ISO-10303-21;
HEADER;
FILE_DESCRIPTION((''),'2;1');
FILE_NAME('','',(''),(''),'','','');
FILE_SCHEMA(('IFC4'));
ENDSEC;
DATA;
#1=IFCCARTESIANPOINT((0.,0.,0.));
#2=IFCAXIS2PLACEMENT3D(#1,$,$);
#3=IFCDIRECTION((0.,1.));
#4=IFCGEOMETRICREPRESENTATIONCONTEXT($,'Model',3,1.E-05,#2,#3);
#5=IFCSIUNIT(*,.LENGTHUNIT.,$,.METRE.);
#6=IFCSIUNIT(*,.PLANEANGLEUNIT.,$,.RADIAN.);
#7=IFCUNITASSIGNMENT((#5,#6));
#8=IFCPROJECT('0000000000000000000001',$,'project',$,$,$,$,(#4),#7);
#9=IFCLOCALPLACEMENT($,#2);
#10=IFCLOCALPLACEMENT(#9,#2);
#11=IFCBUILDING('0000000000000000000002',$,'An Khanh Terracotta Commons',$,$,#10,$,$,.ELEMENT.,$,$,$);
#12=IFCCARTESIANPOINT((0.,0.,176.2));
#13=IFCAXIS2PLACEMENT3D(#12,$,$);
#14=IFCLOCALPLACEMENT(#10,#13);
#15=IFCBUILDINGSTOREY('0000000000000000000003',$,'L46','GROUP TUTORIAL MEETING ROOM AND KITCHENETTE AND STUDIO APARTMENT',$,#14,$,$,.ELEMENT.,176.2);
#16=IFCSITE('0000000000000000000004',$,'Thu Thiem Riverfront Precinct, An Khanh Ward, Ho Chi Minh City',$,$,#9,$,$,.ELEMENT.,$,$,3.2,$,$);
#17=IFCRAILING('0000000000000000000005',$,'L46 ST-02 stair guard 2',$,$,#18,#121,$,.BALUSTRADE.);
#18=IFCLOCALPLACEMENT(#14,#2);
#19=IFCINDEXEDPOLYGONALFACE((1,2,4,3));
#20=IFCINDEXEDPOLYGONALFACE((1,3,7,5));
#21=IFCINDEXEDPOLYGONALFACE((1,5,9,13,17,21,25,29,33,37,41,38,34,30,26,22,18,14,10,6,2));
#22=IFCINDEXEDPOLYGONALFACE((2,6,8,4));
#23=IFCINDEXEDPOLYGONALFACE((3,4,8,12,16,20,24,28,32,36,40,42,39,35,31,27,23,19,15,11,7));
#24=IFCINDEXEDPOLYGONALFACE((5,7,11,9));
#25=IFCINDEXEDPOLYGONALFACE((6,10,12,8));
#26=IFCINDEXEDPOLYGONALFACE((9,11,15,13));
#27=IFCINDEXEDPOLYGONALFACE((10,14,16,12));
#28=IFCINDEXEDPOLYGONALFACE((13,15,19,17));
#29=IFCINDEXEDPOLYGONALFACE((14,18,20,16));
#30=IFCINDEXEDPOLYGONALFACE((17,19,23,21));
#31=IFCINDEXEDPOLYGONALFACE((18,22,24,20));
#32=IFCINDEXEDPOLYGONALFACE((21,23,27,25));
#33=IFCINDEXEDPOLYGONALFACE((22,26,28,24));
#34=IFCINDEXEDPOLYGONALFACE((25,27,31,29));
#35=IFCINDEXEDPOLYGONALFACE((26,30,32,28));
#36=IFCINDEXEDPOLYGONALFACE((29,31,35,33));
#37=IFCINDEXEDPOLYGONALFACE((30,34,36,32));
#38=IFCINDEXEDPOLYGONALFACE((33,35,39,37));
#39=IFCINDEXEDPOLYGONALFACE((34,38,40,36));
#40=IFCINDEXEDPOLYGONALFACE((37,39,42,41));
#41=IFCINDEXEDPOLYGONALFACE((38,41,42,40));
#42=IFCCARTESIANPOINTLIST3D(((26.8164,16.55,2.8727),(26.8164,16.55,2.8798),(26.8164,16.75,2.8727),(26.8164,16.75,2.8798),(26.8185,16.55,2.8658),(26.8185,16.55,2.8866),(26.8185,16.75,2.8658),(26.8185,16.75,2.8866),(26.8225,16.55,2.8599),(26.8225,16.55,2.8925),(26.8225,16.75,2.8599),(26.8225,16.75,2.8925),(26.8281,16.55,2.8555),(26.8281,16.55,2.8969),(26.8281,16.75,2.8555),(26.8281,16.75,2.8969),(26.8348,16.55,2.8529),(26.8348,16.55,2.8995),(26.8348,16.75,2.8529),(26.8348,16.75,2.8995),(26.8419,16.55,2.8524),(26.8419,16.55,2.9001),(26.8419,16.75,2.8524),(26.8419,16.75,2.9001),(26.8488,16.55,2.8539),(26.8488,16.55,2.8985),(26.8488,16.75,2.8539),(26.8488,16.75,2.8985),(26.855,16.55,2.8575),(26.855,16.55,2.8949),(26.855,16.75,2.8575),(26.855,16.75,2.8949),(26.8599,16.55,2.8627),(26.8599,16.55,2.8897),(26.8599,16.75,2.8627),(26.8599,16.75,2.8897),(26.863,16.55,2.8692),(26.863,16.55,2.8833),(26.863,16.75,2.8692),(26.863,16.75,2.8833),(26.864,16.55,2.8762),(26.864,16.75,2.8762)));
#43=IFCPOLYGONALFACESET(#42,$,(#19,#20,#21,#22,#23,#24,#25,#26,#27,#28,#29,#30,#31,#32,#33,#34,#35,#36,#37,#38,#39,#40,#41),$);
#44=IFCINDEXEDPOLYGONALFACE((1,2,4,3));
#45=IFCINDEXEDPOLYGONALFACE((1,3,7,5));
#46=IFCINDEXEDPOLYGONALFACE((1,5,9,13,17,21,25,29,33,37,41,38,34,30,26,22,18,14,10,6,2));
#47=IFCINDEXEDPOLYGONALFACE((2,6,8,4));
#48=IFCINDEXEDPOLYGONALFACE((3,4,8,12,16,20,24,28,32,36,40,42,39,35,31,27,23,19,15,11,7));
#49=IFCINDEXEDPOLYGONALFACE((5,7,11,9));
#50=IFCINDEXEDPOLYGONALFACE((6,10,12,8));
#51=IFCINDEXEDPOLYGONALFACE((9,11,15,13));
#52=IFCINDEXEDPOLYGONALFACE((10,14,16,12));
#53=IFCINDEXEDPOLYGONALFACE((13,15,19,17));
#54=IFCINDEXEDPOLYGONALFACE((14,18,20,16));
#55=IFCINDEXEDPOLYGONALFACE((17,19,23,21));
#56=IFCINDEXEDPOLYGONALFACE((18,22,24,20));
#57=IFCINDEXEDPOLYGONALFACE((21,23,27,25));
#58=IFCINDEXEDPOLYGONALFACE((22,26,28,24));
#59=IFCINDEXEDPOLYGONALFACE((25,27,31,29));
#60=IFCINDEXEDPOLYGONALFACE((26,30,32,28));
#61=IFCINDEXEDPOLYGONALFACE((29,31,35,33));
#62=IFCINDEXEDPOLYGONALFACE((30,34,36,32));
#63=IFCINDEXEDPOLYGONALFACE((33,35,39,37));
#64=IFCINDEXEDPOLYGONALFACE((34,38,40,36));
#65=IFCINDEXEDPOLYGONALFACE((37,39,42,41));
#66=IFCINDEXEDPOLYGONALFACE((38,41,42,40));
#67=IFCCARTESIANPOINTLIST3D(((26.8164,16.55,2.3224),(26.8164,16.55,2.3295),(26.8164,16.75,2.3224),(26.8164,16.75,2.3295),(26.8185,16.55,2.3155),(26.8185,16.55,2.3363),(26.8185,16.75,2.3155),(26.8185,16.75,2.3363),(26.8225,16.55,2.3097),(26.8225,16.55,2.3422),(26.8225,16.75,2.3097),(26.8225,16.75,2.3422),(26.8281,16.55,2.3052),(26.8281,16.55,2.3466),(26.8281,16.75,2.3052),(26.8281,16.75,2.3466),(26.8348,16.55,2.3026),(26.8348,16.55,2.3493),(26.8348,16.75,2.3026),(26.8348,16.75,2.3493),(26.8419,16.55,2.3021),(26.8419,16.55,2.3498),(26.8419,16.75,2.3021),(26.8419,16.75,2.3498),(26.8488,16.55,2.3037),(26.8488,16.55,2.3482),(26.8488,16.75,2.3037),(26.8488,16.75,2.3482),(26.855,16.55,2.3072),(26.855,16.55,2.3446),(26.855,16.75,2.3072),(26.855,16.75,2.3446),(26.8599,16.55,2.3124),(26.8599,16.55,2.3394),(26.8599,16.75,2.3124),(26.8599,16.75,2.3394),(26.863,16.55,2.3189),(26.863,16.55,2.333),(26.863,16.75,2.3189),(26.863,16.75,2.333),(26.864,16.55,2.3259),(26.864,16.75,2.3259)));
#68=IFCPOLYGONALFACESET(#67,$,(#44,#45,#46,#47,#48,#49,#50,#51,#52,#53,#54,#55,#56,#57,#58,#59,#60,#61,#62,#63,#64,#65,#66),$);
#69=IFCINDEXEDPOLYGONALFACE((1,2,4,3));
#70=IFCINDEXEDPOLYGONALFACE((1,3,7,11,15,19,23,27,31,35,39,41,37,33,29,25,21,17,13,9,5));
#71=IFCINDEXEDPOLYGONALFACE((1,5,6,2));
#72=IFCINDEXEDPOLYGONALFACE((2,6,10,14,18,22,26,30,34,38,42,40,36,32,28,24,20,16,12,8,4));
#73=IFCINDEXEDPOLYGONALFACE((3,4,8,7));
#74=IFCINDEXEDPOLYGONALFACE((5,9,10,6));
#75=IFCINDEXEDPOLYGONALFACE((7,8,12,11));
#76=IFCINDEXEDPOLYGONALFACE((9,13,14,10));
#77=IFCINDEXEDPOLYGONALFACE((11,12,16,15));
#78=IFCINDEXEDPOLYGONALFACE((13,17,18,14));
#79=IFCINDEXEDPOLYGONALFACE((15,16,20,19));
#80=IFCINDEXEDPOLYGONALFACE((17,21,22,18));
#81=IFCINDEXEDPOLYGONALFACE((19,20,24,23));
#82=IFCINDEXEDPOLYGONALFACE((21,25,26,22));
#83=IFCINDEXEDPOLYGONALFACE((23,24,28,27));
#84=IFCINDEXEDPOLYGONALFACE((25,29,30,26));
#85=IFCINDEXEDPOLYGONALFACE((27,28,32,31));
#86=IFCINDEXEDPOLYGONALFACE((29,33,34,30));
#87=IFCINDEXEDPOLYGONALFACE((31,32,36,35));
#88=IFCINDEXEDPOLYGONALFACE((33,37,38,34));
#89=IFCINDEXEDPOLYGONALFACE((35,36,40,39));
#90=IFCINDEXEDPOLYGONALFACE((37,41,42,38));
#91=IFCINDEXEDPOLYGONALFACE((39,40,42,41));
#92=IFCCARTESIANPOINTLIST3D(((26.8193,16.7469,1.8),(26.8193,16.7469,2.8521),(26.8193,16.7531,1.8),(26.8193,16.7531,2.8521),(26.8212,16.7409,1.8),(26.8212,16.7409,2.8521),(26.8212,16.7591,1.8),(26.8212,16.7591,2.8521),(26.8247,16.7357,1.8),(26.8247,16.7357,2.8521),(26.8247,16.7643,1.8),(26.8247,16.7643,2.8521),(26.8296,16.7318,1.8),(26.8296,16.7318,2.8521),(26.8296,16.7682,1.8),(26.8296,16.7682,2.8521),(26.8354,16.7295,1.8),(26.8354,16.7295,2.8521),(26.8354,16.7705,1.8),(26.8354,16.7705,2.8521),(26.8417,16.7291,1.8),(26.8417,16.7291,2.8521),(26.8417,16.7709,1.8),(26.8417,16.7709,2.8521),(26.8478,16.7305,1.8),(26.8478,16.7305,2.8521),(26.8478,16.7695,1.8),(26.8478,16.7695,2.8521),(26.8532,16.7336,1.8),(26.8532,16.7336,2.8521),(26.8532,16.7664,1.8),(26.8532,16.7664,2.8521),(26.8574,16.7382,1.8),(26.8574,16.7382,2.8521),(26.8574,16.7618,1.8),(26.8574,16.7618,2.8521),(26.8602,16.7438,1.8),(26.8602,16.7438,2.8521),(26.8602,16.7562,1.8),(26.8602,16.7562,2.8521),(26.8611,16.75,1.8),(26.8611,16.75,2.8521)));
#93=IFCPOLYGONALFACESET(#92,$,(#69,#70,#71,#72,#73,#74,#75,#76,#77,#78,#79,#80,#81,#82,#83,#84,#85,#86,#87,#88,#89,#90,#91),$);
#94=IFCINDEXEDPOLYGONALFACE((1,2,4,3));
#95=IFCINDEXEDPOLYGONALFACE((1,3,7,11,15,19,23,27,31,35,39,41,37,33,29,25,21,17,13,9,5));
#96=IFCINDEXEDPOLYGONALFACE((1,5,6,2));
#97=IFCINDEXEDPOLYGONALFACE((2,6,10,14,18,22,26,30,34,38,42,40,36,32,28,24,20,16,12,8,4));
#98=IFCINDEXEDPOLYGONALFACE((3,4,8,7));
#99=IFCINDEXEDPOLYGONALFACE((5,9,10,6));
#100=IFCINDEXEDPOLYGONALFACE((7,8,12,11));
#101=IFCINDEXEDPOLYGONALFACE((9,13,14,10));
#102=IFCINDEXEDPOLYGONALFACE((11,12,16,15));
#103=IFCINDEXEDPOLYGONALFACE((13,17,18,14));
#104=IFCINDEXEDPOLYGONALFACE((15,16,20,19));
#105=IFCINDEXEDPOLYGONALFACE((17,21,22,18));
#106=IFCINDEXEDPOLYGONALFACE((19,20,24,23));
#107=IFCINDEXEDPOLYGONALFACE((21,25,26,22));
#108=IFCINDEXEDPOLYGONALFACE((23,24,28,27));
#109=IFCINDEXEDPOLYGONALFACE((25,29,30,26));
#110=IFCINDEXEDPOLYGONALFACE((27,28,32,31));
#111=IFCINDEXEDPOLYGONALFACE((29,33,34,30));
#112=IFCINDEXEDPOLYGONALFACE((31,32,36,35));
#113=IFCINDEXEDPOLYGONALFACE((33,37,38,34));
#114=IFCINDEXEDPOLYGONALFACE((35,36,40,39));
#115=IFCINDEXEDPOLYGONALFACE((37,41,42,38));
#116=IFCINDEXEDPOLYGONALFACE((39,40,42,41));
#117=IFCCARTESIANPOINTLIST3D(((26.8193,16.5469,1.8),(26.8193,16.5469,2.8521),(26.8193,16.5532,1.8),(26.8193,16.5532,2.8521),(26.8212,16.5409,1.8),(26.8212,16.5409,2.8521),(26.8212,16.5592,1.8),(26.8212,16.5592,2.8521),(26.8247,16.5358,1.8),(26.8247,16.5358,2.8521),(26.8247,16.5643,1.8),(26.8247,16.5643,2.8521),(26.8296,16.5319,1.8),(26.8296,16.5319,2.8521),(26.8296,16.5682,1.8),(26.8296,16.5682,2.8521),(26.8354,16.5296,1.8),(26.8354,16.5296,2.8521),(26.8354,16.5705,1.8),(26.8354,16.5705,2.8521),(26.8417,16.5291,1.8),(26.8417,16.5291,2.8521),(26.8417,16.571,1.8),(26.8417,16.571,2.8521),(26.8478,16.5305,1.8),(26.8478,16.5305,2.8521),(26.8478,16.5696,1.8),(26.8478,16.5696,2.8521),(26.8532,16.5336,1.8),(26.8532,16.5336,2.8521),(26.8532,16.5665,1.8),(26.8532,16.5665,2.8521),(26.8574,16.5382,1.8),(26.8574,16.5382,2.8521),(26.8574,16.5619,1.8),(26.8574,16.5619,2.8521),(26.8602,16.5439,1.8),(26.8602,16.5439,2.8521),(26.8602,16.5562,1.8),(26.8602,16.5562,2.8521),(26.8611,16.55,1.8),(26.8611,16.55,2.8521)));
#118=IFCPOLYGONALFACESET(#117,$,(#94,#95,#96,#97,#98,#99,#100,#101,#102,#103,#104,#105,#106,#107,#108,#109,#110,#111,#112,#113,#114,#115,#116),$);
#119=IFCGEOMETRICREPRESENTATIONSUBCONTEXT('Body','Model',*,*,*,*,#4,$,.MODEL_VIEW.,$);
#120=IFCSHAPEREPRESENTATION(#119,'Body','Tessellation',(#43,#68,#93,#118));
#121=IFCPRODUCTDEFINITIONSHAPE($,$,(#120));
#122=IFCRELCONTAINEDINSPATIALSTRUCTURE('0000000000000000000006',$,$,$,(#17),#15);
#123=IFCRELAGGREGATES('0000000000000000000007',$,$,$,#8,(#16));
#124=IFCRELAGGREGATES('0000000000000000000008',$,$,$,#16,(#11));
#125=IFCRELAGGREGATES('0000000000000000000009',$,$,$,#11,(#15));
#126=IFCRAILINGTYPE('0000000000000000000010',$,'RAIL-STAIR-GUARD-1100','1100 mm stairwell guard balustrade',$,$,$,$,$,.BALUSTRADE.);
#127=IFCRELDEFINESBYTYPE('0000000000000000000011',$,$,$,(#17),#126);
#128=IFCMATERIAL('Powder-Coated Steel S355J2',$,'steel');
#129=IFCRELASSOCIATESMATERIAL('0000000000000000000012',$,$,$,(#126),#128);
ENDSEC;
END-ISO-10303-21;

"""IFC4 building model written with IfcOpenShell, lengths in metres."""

from ifc_helpers import new_model, si_unit, direction, frame, origin, origin_2d, place, context, subcontext, project, spatial, circle, extrude, material, type_object, element, save


model = new_model("IFC4")

# Units and contexts
model_context = context("Model", 3, precision=1e-05, world=origin(), true_north=direction((0.0, 1.0)))
body_context = subcontext(model_context, "Body", "Model", "MODEL_VIEW")
ifc_project = project(units=[si_unit("LENGTHUNIT", "METRE"), si_unit("PLANEANGLEUNIT", "RADIAN")], contexts=[model_context])

# Site, building, storey
site_placement = place(None, origin())
site = spatial("IfcSite", under=ifc_project, at=site_placement, Name="Thu Thiem Riverfront Precinct, An Khanh Ward, Ho Chi Minh City", CompositionType="ELEMENT", RefElevation=3.2)
building_placement = place(site_placement, origin())
building = spatial("IfcBuilding", under=site, at=building_placement, Name="An Khanh Terracotta Commons", CompositionType="ELEMENT")
storey_placement = place(building_placement, frame((0.0, 0.0, 176.2)))
storey = spatial("IfcBuildingStorey", under=building, at=storey_placement, Name="L46", Description="GROUP TUTORIAL MEETING ROOM AND KITCHENETTE AND STUDIO APARTMENT", CompositionType="ELEMENT", Elevation=176.2)

# Railing
ifc_material_1 = material(Name="Powder-Coated Steel S355J2", Category="steel")
railing_type_1 = type_object("IfcRailingType", Name="RAIL-STAIR-GUARD-1100", Description="1100 mm stairwell guard balustrade", PredefinedType="BALUSTRADE", material=ifc_material_1)
railing_1_placement = place(storey_placement, frame((26.8401, 16.75, 1.8)))
element("IfcRailing", 1, at=railing_1_placement, inside=storey, type_object=railing_type_1, Name="L46 ST-02 stair guard 2", PredefinedType="BALUSTRADE", context=body_context, shape_type="SweptSolid", body=[
    extrude(circle(Radius=0.0239, at=origin_2d()), frame((0.0, 0.0, 1.0762), z_axis=(0.0, -1.0, 0.0), x_axis=(1.0, 0.0, 0.0)), (0.0, 0.0, 1.0), 0.2),
    extrude(circle(Radius=0.0239, at=origin_2d()), frame((0.0, 0.0, 0.5259), z_axis=(0.0, -1.0, 0.0), x_axis=(1.0, 0.0, 0.0)), (0.0, 0.0, 1.0), 0.2),
    extrude(circle(Radius=0.021, at=origin_2d()), origin(), (0.0, 0.0, 1.0), 1.052),
    extrude(circle(Radius=0.021, at=origin_2d()), frame((0.0, -0.2, 0.0)), (0.0, 0.0, 1.0), 1.052),
])

save(model, "model.ifc")
